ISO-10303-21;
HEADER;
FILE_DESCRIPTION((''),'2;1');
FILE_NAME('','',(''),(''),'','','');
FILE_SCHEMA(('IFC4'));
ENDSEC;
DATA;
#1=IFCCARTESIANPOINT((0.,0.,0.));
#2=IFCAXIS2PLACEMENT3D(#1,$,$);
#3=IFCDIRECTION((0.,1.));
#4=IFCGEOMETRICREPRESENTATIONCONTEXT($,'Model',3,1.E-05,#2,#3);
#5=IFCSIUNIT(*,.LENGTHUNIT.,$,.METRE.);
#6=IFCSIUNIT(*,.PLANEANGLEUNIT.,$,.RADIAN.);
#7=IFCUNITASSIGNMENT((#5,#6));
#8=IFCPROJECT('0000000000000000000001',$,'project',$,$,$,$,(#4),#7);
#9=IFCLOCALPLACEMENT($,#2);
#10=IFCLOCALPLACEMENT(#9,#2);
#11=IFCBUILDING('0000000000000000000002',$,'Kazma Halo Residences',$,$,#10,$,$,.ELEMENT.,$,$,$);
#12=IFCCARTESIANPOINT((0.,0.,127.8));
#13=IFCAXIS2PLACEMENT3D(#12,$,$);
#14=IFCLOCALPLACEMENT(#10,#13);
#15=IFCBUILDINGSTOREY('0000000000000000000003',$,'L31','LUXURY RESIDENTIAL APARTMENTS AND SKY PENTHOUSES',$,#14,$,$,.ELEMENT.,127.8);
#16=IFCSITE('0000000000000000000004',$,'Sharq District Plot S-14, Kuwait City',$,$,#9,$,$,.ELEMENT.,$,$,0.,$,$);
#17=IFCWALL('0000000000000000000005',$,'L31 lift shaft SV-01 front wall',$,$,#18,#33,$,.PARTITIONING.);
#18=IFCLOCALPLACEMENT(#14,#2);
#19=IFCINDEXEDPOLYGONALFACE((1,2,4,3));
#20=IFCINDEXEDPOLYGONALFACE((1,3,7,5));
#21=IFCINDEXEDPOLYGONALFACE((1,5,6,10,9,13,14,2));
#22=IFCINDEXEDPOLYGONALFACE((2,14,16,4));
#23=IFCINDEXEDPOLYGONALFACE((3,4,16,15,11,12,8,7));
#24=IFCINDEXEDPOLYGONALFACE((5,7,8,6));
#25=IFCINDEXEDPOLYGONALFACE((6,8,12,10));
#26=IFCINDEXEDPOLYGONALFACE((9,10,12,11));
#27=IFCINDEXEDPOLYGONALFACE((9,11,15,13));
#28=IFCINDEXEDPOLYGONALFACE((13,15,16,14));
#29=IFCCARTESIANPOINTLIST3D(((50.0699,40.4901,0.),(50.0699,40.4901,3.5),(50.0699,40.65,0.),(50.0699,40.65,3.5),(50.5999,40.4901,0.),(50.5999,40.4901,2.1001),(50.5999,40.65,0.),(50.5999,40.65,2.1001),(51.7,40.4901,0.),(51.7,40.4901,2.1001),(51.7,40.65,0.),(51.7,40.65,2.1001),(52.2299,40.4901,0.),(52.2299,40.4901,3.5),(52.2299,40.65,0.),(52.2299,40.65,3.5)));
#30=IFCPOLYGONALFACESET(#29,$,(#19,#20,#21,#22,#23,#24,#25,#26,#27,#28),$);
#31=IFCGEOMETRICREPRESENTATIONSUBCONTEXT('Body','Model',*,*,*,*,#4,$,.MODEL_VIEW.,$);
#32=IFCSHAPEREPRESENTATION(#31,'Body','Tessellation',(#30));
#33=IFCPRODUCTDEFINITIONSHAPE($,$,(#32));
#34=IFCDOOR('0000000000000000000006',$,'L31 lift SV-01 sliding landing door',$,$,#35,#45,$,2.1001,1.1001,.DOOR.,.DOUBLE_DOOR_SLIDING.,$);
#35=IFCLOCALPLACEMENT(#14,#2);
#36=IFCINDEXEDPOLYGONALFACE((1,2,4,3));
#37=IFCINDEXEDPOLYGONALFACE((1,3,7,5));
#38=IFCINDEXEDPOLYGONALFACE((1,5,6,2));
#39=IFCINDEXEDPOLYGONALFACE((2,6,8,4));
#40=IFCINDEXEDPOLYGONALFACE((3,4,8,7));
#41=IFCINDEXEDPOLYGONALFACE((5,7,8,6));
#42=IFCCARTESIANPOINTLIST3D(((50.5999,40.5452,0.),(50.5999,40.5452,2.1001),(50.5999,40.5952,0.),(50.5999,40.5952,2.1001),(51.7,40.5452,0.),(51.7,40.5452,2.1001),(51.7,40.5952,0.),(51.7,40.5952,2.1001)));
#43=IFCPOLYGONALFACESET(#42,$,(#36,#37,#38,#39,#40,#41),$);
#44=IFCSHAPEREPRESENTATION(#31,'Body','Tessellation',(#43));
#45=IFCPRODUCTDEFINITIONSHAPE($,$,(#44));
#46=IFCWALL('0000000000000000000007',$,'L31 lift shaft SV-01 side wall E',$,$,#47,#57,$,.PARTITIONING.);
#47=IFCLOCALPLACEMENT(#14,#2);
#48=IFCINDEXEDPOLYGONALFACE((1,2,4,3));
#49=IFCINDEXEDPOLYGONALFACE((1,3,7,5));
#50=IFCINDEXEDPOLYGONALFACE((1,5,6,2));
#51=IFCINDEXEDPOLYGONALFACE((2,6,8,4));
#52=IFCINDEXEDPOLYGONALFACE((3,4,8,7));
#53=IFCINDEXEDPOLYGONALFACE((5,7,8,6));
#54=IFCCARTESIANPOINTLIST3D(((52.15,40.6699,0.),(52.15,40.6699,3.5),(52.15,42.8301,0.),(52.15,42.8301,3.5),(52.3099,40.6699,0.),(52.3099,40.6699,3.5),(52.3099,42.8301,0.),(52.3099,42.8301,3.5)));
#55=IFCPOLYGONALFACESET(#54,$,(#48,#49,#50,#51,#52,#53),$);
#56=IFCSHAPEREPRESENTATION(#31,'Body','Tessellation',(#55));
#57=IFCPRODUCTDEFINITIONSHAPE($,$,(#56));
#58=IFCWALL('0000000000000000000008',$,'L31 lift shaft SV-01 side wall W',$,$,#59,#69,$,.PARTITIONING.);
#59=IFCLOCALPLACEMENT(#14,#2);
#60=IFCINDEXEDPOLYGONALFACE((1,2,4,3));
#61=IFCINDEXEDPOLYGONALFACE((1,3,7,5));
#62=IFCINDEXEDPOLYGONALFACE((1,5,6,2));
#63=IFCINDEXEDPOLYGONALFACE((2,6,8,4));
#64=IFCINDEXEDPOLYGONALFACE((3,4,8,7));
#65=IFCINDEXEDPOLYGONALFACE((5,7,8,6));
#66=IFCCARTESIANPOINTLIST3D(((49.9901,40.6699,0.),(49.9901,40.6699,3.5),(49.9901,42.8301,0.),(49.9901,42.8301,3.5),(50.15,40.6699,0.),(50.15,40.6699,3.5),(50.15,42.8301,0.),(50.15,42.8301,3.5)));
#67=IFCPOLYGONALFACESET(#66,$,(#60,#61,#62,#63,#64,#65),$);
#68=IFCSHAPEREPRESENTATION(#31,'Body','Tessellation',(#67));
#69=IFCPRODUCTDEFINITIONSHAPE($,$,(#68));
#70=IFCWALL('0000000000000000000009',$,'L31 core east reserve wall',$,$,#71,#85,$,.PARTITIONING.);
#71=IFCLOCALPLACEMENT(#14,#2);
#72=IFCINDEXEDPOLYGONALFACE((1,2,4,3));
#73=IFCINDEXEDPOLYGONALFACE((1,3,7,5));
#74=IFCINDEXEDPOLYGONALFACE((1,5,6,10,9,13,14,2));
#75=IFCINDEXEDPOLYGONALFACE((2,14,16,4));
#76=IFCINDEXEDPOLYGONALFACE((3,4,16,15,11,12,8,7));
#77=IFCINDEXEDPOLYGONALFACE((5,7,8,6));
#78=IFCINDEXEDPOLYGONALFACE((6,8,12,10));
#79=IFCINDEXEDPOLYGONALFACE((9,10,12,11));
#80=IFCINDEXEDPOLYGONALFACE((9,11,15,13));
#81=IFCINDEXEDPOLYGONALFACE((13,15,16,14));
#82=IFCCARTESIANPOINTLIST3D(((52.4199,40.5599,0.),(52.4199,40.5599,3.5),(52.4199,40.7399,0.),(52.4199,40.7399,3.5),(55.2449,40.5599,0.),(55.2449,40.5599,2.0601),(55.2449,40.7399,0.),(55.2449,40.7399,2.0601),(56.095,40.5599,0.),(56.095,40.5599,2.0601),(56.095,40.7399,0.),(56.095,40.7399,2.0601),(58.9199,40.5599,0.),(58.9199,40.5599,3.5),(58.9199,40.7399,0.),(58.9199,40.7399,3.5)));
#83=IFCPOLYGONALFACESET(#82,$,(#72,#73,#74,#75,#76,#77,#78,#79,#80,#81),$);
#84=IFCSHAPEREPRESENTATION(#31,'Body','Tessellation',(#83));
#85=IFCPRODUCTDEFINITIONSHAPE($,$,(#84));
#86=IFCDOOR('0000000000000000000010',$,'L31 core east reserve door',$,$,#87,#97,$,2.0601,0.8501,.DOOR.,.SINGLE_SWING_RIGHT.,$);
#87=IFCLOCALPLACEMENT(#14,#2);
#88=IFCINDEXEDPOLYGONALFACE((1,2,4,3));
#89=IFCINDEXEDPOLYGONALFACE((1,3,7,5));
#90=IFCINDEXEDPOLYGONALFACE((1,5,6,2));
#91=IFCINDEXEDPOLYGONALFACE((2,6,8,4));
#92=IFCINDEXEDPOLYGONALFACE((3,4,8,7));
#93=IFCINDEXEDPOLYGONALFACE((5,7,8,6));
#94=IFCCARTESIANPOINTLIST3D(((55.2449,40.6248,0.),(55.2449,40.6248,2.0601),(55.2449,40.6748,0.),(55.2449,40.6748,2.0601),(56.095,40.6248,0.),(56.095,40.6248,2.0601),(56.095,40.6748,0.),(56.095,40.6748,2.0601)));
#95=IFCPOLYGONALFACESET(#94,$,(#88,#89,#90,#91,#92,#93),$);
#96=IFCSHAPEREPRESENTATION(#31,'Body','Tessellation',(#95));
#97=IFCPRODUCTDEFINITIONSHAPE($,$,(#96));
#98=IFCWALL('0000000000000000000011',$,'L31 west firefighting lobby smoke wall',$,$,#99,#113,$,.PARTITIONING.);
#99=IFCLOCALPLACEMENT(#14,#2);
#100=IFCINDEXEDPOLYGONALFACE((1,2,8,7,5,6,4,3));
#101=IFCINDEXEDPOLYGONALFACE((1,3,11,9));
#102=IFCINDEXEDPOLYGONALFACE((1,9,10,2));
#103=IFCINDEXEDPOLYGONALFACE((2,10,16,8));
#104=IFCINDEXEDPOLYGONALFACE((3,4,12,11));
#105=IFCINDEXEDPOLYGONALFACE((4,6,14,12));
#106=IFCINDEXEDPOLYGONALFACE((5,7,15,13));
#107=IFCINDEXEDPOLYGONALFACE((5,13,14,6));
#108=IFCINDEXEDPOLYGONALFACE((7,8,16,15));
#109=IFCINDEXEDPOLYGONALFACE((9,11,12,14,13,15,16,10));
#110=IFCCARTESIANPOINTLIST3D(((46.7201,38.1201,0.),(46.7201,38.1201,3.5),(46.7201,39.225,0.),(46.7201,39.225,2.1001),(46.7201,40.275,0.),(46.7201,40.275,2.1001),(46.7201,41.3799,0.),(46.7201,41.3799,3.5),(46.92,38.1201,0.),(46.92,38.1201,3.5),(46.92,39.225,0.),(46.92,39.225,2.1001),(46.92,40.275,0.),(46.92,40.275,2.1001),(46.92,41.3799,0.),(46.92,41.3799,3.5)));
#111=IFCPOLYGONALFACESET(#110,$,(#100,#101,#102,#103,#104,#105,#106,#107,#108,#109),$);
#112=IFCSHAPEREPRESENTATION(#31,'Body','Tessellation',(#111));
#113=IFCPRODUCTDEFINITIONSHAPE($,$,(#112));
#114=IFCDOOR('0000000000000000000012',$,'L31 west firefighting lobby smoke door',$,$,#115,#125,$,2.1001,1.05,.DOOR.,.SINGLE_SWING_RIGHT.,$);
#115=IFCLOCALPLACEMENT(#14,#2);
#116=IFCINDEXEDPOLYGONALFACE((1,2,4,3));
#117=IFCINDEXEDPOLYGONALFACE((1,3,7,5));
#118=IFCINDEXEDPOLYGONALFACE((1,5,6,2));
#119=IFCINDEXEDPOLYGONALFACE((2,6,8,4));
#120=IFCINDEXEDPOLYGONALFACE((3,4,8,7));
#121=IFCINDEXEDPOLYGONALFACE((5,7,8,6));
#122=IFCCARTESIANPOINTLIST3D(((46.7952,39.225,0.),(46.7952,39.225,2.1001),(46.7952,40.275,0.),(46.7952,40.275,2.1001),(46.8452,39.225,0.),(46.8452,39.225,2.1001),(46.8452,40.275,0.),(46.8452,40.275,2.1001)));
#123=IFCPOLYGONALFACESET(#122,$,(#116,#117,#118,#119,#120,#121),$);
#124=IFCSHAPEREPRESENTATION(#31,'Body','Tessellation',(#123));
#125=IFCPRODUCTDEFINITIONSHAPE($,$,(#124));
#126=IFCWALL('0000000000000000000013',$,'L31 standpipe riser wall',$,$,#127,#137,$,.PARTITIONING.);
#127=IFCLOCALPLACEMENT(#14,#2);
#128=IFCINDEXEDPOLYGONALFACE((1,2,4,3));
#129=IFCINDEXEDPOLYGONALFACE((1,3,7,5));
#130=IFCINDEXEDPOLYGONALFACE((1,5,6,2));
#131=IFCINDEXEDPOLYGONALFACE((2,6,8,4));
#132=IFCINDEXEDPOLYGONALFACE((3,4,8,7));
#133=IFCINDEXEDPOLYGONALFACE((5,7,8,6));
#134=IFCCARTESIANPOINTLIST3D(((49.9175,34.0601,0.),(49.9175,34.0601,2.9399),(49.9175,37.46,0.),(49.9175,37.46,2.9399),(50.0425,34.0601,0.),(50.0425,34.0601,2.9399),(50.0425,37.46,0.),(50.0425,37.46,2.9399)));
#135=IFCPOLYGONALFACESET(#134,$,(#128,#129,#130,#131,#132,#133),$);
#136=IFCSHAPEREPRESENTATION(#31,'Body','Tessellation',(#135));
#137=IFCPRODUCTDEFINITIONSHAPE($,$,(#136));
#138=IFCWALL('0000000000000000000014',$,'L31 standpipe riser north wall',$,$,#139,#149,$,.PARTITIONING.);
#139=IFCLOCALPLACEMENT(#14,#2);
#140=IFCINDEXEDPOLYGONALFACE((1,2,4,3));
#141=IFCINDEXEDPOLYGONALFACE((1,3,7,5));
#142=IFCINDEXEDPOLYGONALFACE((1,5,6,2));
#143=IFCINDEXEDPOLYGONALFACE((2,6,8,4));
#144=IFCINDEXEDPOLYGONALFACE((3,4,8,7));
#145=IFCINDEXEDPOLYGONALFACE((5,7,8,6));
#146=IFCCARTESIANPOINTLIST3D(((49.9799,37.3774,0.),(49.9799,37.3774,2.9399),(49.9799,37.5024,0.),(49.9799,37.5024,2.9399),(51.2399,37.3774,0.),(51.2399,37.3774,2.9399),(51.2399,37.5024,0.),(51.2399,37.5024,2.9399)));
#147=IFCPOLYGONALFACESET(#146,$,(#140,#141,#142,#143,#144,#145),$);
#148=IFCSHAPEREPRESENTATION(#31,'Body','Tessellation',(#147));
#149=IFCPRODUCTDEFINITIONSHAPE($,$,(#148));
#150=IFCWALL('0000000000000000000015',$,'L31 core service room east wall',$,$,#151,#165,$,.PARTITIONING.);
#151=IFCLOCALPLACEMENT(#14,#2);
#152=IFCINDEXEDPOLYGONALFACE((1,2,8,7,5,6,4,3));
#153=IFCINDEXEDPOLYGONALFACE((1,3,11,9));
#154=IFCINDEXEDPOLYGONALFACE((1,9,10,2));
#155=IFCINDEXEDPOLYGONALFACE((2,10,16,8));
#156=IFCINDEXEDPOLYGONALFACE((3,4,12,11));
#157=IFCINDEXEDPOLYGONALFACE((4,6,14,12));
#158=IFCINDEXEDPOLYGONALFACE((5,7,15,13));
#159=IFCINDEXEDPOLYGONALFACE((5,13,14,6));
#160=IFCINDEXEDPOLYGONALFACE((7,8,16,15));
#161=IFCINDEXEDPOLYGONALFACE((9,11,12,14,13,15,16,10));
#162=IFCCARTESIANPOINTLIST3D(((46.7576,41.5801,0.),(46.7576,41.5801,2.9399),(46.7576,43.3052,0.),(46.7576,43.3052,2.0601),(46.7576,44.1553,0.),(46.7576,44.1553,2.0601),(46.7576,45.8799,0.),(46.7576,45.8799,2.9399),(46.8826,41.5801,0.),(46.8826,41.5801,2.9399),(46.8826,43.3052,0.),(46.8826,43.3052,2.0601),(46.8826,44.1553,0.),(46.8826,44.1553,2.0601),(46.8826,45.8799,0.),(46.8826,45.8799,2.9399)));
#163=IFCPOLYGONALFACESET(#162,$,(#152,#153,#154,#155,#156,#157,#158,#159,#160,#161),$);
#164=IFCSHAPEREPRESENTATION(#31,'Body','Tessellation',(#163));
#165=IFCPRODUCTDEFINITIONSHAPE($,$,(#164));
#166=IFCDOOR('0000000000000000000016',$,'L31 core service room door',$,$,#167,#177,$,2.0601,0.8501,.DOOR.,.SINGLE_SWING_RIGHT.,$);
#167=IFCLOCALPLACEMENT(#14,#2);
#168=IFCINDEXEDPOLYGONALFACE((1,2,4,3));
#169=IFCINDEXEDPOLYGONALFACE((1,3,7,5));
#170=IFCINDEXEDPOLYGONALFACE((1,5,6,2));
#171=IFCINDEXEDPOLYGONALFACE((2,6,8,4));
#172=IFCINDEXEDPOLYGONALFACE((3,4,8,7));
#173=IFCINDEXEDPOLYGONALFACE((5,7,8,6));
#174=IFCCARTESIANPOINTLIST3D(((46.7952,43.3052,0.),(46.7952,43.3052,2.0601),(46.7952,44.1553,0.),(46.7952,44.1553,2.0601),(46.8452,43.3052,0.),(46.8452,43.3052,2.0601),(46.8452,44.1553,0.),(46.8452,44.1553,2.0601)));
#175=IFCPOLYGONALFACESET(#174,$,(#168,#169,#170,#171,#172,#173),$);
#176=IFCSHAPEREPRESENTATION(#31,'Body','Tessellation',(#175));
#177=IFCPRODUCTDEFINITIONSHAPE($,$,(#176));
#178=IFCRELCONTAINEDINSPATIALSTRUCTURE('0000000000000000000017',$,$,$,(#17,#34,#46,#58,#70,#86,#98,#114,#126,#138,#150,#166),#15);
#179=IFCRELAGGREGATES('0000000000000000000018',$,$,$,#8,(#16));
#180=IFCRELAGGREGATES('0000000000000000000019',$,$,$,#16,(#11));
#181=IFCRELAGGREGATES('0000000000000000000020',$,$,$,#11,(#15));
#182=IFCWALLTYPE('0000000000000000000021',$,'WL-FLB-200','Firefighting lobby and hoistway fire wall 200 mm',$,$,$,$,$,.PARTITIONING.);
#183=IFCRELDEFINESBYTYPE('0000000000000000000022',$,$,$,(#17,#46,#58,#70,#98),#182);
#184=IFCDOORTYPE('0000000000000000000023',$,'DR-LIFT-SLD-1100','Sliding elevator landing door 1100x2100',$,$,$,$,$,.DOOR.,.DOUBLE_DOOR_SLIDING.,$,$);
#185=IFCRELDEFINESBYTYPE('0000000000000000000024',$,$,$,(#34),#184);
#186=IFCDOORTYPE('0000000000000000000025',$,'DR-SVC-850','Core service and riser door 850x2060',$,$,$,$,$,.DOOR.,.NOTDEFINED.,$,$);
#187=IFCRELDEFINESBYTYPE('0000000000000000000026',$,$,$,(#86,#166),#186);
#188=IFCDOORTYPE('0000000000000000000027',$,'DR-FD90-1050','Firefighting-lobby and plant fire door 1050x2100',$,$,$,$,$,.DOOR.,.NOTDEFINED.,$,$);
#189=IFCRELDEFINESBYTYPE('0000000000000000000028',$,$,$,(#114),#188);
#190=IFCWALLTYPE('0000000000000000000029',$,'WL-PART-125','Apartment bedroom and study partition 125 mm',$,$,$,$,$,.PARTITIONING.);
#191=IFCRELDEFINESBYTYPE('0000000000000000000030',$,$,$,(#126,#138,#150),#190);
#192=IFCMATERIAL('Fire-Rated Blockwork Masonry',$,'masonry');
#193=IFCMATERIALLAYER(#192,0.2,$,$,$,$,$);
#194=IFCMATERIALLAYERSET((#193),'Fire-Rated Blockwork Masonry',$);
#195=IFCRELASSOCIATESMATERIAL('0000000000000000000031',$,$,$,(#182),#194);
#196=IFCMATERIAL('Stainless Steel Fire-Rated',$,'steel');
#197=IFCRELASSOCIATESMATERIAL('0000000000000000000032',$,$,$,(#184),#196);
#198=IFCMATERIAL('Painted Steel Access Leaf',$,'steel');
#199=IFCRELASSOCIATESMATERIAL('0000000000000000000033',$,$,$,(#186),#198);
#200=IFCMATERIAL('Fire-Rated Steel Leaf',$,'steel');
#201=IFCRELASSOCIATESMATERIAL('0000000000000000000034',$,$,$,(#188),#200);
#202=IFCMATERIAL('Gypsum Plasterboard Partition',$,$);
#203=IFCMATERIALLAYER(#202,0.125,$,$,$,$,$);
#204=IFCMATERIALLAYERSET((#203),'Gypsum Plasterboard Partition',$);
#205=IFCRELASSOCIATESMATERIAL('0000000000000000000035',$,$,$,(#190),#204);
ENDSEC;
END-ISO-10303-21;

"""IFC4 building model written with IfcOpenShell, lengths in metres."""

from ifc_helpers import new_model, si_unit, direction, frame, frame_2d, origin, place, context, subcontext, project, spatial, rectangle, extrude, material, layer, layer_set, type_object, element, fill, save


model = new_model("IFC4")

# Units and contexts
model_context = context("Model", 3, precision=1e-05, world=origin(), true_north=direction((0.0, 1.0)))
body_context = subcontext(model_context, "Body", "Model", "MODEL_VIEW")
ifc_project = project(units=[si_unit("LENGTHUNIT", "METRE"), si_unit("PLANEANGLEUNIT", "RADIAN")], contexts=[model_context])

# Site, building, storey
site_placement = place(None, origin())
site = spatial("IfcSite", under=ifc_project, at=site_placement, Name="Sharq District Plot S-14, Kuwait City", CompositionType="ELEMENT", RefElevation=0.0)
building_placement = place(site_placement, origin())
building = spatial("IfcBuilding", under=site, at=building_placement, Name="Kazma Halo Residences", CompositionType="ELEMENT")
storey_placement = place(building_placement, frame((0.0, 0.0, 127.8)))
storey = spatial("IfcBuildingStorey", under=building, at=storey_placement, Name="L31", Description="LUXURY RESIDENTIAL APARTMENTS AND SKY PENTHOUSES", CompositionType="ELEMENT", Elevation=127.8)

# Shared definitions
ifc_material_1 = material(Name="Fire-Rated Blockwork Masonry", Category="masonry")
ifc_layer_1 = layer(ifc_material_1, 0.2)
ifc_layer_set_1 = layer_set([ifc_layer_1], Name="Fire-Rated Blockwork Masonry")
wall_type_1 = type_object("IfcWallType", Name="WL-FLB-200", Description="Firefighting lobby and hoistway fire wall 200 mm", PredefinedType="PARTITIONING", material=ifc_layer_set_1)

# Wall, opening, door
wall_1_placement = place(storey_placement, frame((52.23, 40.5701, 0.0), z_axis=(0.0, 0.0, 1.0), x_axis=(-1.0, 0.0, 0.0)))
wall_1 = element("IfcWall", 1, at=wall_1_placement, inside=storey, type_object=wall_type_1, Name="L31 lift shaft SV-01 front wall", PredefinedType="PARTITIONING", context=body_context, shape_type="SweptSolid", body=[
    extrude(rectangle(XDim=2.1599, YDim=0.1599, at=frame_2d((1.0801, 0.0))), origin(), (0.0, 0.0, 1.0), 3.5),
])
opening_1_placement = place(wall_1_placement, frame((0.53, 0.0, 0.0)))
opening_1 = element("IfcOpeningElement", 2, at=opening_1_placement, cuts=wall_1, PredefinedType="OPENING", context=body_context, shape_type="SweptSolid", body=[
    extrude(rectangle(XDim=1.1001, YDim=2.1001, at=frame_2d((0.55, 1.05))), frame((0.0, 0.0898, 0.0), z_axis=(0.0, -1.0, 0.0), x_axis=(1.0, 0.0, 0.0)), (0.0, 0.0, 1.0), 0.1799),
])
ifc_material_2 = material(Name="Stainless Steel Fire-Rated", Category="steel")
door_type_1 = type_object("IfcDoorType", Name="DR-LIFT-SLD-1100", Description="Sliding elevator landing door 1100x2100", OperationType="DOUBLE_DOOR_SLIDING", PredefinedType="DOOR", material=ifc_material_2)
door_1_placement = place(opening_1_placement, origin())
door_1 = element("IfcDoor", 3, at=door_1_placement, inside=storey, type_object=door_type_1, Name="L31 lift SV-01 sliding landing door", OperationType="DOUBLE_DOOR_SLIDING", OverallHeight=2.1001, OverallWidth=1.1001, PredefinedType="DOOR", context=body_context, shape_type="SweptSolid", body=[
    extrude(rectangle(XDim=1.1001, YDim=2.1001, at=frame_2d((0.55, 1.05))), frame((0.0, 0.0249, 0.0), z_axis=(0.0, -1.0, 0.0), x_axis=(1.0, 0.0, 0.0)), (0.0, 0.0, 1.0), 0.05),
])
fill(opening_1, door_1)

# Walls
for number, where, z_axis, x_axis, name in (
    (4, (52.23, 40.6699, 0.0), (0.0, 0.0, 1.0), (0.0, 1.0, 0.0), "L31 lift shaft SV-01 side wall E"),
    (5, (50.0701, 40.6699, 0.0), (0.0, 0.0, 1.0), (0.0, 1.0, 0.0), "L31 lift shaft SV-01 side wall W"),
):
    element("IfcWall", number, at=place(storey_placement, frame(where, z_axis=z_axis, x_axis=x_axis)), inside=storey, type_object=wall_type_1, Name=name, PredefinedType="PARTITIONING", context=body_context, shape_type="SweptSolid", body=[
        extrude(rectangle(XDim=2.1602, YDim=0.1599, at=frame_2d((1.0801, 0.0))), origin(), (0.0, 0.0, 1.0), 3.5),
    ])

# Walls, openings, doors
wall_2_placement = place(storey_placement, frame((52.4199, 40.6499, 0.0), z_axis=(0.0, 0.0, 1.0), x_axis=(1.0, 0.0, 0.0)))
wall_2 = element("IfcWall", 6, at=wall_2_placement, inside=storey, type_object=wall_type_1, Name="L31 core east reserve wall", PredefinedType="PARTITIONING", context=body_context, shape_type="SweptSolid", body=[
    extrude(rectangle(XDim=6.5, YDim=0.1799, at=frame_2d((3.25, 0.0))), origin(), (0.0, 0.0, 1.0), 3.5),
])
opening_2_placement = place(wall_2_placement, frame((2.825, 0.0, 0.0)))
opening_2 = element("IfcOpeningElement", 7, at=opening_2_placement, cuts=wall_2, PredefinedType="OPENING", context=body_context, shape_type="SweptSolid", body=[
    extrude(rectangle(XDim=0.8501, YDim=2.0601, at=frame_2d((0.425, 1.03))), frame((0.0, 0.0999, 0.0), z_axis=(0.0, -1.0, 0.0), x_axis=(1.0, 0.0, 0.0)), (0.0, 0.0, 1.0), 0.2),
])
ifc_material_3 = material(Name="Painted Steel Access Leaf", Category="steel")
door_type_2 = type_object("IfcDoorType", Name="DR-SVC-850", Description="Core service and riser door 850x2060", OperationType="NOTDEFINED", PredefinedType="DOOR", material=ifc_material_3)
door_2_placement = place(opening_2_placement, origin())
door_2 = element("IfcDoor", 8, at=door_2_placement, inside=storey, type_object=door_type_2, Name="L31 core east reserve door", OperationType="SINGLE_SWING_RIGHT", OverallHeight=2.0601, OverallWidth=0.8501, PredefinedType="DOOR", context=body_context, shape_type="SweptSolid", body=[
    extrude(rectangle(XDim=0.8501, YDim=2.0601, at=frame_2d((0.425, 1.03))), frame((0.0, 0.0249, 0.0), z_axis=(0.0, -1.0, 0.0), x_axis=(1.0, 0.0, 0.0)), (0.0, 0.0, 1.0), 0.05),
])
fill(opening_2, door_2)
wall_3_placement = place(storey_placement, frame((46.8201, 38.1201, 0.0), z_axis=(0.0, 0.0, 1.0), x_axis=(0.0, 1.0, 0.0)))
wall_3 = element("IfcWall", 9, at=wall_3_placement, inside=storey, type_object=wall_type_1, Name="L31 west firefighting lobby smoke wall", PredefinedType="PARTITIONING", context=body_context, shape_type="SweptSolid", body=[
    extrude(rectangle(XDim=3.2598, YDim=0.2, at=frame_2d((1.6299, 0.0))), origin(), (0.0, 0.0, 1.0), 3.5),
])
opening_3_placement = place(wall_3_placement, frame((1.105, 0.0, 0.0)))
opening_3 = element("IfcOpeningElement", 10, at=opening_3_placement, cuts=wall_3, PredefinedType="OPENING", context=body_context, shape_type="SweptSolid", body=[
    extrude(rectangle(XDim=1.05, YDim=2.1001, at=frame_2d((0.5249, 1.05))), frame((0.0, 0.1099, 0.0), z_axis=(0.0, -1.0, 0.0), x_axis=(1.0, 0.0, 0.0)), (0.0, 0.0, 1.0), 0.22),
])
ifc_material_4 = material(Name="Fire-Rated Steel Leaf", Category="steel")
door_type_3 = type_object("IfcDoorType", Name="DR-FD90-1050", Description="Firefighting-lobby and plant fire door 1050x2100", OperationType="NOTDEFINED", PredefinedType="DOOR", material=ifc_material_4)
door_3_placement = place(opening_3_placement, origin())
door_3 = element("IfcDoor", 11, at=door_3_placement, inside=storey, type_object=door_type_3, Name="L31 west firefighting lobby smoke door", OperationType="SINGLE_SWING_RIGHT", OverallHeight=2.1001, OverallWidth=1.05, PredefinedType="DOOR", context=body_context, shape_type="SweptSolid", body=[
    extrude(rectangle(XDim=1.05, YDim=2.1001, at=frame_2d((0.5249, 1.05))), frame((0.0, 0.0249, 0.0), z_axis=(0.0, -1.0, 0.0), x_axis=(1.0, 0.0, 0.0)), (0.0, 0.0, 1.0), 0.05),
])
fill(opening_3, door_3)

# Walls
ifc_material_5 = material(Name="Gypsum Plasterboard Partition")
ifc_layer_2 = layer(ifc_material_5, 0.125)
ifc_layer_set_2 = layer_set([ifc_layer_2], Name="Gypsum Plasterboard Partition")
wall_type_2 = type_object("IfcWallType", Name="WL-PART-125", Description="Apartment bedroom and study partition 125 mm", PredefinedType="PARTITIONING", material=ifc_layer_set_2)
wall_4_placement = place(storey_placement, frame((49.98, 34.0601, 0.0), z_axis=(0.0, 0.0, 1.0), x_axis=(0.0, 1.0, 0.0)))
element("IfcWall", 12, at=wall_4_placement, inside=storey, type_object=wall_type_2, Name="L31 standpipe riser wall", PredefinedType="PARTITIONING", context=body_context, shape_type="SweptSolid", body=[
    extrude(rectangle(XDim=3.3999, YDim=0.125, at=frame_2d((1.7, 0.0))), origin(), (0.0, 0.0, 1.0), 2.9399),
])
wall_5_placement = place(storey_placement, frame((49.98, 37.4399, 0.0), z_axis=(0.0, 0.0, 1.0), x_axis=(1.0, 0.0, 0.0)))
element("IfcWall", 13, at=wall_5_placement, inside=storey, type_object=wall_type_2, Name="L31 standpipe riser north wall", PredefinedType="PARTITIONING", context=body_context, shape_type="SweptSolid", body=[
    extrude(rectangle(XDim=1.26, YDim=0.125, at=frame_2d((0.6299, 0.0))), origin(), (0.0, 0.0, 1.0), 2.9399),
])

# Wall, opening, door
wall_6_placement = place(storey_placement, frame((46.8201, 41.5801, 0.0), z_axis=(0.0, 0.0, 1.0), x_axis=(0.0, 1.0, 0.0)))
wall_6 = element("IfcWall", 14, at=wall_6_placement, inside=storey, type_object=wall_type_2, Name="L31 core service room east wall", PredefinedType="PARTITIONING", context=body_context, shape_type="SweptSolid", body=[
    extrude(rectangle(XDim=4.2998, YDim=0.125, at=frame_2d((2.1499, 0.0))), origin(), (0.0, 0.0, 1.0), 2.9399),
])
opening_4_placement = place(wall_6_placement, frame((1.7251, 0.0, 0.0)))
opening_4 = element("IfcOpeningElement", 15, at=opening_4_placement, cuts=wall_6, PredefinedType="OPENING", context=body_context, shape_type="SweptSolid", body=[
    extrude(rectangle(XDim=0.8501, YDim=2.0601, at=frame_2d((0.425, 1.03))), frame((0.0, 0.0725, 0.0), z_axis=(0.0, -1.0, 0.0), x_axis=(1.0, 0.0, 0.0)), (0.0, 0.0, 1.0), 0.145),
])
door_4_placement = place(opening_4_placement, origin())
door_4 = element("IfcDoor", 16, at=door_4_placement, inside=storey, type_object=door_type_2, Name="L31 core service room door", OperationType="SINGLE_SWING_RIGHT", OverallHeight=2.0601, OverallWidth=0.8501, PredefinedType="DOOR", context=body_context, shape_type="SweptSolid", body=[
    extrude(rectangle(XDim=0.8501, YDim=2.0601, at=frame_2d((0.425, 1.03))), frame((0.0, 0.0249, 0.0), z_axis=(0.0, -1.0, 0.0), x_axis=(1.0, 0.0, 0.0)), (0.0, 0.0, 1.0), 0.05),
])
fill(opening_4, door_4)

save(model, "model.ifc")
